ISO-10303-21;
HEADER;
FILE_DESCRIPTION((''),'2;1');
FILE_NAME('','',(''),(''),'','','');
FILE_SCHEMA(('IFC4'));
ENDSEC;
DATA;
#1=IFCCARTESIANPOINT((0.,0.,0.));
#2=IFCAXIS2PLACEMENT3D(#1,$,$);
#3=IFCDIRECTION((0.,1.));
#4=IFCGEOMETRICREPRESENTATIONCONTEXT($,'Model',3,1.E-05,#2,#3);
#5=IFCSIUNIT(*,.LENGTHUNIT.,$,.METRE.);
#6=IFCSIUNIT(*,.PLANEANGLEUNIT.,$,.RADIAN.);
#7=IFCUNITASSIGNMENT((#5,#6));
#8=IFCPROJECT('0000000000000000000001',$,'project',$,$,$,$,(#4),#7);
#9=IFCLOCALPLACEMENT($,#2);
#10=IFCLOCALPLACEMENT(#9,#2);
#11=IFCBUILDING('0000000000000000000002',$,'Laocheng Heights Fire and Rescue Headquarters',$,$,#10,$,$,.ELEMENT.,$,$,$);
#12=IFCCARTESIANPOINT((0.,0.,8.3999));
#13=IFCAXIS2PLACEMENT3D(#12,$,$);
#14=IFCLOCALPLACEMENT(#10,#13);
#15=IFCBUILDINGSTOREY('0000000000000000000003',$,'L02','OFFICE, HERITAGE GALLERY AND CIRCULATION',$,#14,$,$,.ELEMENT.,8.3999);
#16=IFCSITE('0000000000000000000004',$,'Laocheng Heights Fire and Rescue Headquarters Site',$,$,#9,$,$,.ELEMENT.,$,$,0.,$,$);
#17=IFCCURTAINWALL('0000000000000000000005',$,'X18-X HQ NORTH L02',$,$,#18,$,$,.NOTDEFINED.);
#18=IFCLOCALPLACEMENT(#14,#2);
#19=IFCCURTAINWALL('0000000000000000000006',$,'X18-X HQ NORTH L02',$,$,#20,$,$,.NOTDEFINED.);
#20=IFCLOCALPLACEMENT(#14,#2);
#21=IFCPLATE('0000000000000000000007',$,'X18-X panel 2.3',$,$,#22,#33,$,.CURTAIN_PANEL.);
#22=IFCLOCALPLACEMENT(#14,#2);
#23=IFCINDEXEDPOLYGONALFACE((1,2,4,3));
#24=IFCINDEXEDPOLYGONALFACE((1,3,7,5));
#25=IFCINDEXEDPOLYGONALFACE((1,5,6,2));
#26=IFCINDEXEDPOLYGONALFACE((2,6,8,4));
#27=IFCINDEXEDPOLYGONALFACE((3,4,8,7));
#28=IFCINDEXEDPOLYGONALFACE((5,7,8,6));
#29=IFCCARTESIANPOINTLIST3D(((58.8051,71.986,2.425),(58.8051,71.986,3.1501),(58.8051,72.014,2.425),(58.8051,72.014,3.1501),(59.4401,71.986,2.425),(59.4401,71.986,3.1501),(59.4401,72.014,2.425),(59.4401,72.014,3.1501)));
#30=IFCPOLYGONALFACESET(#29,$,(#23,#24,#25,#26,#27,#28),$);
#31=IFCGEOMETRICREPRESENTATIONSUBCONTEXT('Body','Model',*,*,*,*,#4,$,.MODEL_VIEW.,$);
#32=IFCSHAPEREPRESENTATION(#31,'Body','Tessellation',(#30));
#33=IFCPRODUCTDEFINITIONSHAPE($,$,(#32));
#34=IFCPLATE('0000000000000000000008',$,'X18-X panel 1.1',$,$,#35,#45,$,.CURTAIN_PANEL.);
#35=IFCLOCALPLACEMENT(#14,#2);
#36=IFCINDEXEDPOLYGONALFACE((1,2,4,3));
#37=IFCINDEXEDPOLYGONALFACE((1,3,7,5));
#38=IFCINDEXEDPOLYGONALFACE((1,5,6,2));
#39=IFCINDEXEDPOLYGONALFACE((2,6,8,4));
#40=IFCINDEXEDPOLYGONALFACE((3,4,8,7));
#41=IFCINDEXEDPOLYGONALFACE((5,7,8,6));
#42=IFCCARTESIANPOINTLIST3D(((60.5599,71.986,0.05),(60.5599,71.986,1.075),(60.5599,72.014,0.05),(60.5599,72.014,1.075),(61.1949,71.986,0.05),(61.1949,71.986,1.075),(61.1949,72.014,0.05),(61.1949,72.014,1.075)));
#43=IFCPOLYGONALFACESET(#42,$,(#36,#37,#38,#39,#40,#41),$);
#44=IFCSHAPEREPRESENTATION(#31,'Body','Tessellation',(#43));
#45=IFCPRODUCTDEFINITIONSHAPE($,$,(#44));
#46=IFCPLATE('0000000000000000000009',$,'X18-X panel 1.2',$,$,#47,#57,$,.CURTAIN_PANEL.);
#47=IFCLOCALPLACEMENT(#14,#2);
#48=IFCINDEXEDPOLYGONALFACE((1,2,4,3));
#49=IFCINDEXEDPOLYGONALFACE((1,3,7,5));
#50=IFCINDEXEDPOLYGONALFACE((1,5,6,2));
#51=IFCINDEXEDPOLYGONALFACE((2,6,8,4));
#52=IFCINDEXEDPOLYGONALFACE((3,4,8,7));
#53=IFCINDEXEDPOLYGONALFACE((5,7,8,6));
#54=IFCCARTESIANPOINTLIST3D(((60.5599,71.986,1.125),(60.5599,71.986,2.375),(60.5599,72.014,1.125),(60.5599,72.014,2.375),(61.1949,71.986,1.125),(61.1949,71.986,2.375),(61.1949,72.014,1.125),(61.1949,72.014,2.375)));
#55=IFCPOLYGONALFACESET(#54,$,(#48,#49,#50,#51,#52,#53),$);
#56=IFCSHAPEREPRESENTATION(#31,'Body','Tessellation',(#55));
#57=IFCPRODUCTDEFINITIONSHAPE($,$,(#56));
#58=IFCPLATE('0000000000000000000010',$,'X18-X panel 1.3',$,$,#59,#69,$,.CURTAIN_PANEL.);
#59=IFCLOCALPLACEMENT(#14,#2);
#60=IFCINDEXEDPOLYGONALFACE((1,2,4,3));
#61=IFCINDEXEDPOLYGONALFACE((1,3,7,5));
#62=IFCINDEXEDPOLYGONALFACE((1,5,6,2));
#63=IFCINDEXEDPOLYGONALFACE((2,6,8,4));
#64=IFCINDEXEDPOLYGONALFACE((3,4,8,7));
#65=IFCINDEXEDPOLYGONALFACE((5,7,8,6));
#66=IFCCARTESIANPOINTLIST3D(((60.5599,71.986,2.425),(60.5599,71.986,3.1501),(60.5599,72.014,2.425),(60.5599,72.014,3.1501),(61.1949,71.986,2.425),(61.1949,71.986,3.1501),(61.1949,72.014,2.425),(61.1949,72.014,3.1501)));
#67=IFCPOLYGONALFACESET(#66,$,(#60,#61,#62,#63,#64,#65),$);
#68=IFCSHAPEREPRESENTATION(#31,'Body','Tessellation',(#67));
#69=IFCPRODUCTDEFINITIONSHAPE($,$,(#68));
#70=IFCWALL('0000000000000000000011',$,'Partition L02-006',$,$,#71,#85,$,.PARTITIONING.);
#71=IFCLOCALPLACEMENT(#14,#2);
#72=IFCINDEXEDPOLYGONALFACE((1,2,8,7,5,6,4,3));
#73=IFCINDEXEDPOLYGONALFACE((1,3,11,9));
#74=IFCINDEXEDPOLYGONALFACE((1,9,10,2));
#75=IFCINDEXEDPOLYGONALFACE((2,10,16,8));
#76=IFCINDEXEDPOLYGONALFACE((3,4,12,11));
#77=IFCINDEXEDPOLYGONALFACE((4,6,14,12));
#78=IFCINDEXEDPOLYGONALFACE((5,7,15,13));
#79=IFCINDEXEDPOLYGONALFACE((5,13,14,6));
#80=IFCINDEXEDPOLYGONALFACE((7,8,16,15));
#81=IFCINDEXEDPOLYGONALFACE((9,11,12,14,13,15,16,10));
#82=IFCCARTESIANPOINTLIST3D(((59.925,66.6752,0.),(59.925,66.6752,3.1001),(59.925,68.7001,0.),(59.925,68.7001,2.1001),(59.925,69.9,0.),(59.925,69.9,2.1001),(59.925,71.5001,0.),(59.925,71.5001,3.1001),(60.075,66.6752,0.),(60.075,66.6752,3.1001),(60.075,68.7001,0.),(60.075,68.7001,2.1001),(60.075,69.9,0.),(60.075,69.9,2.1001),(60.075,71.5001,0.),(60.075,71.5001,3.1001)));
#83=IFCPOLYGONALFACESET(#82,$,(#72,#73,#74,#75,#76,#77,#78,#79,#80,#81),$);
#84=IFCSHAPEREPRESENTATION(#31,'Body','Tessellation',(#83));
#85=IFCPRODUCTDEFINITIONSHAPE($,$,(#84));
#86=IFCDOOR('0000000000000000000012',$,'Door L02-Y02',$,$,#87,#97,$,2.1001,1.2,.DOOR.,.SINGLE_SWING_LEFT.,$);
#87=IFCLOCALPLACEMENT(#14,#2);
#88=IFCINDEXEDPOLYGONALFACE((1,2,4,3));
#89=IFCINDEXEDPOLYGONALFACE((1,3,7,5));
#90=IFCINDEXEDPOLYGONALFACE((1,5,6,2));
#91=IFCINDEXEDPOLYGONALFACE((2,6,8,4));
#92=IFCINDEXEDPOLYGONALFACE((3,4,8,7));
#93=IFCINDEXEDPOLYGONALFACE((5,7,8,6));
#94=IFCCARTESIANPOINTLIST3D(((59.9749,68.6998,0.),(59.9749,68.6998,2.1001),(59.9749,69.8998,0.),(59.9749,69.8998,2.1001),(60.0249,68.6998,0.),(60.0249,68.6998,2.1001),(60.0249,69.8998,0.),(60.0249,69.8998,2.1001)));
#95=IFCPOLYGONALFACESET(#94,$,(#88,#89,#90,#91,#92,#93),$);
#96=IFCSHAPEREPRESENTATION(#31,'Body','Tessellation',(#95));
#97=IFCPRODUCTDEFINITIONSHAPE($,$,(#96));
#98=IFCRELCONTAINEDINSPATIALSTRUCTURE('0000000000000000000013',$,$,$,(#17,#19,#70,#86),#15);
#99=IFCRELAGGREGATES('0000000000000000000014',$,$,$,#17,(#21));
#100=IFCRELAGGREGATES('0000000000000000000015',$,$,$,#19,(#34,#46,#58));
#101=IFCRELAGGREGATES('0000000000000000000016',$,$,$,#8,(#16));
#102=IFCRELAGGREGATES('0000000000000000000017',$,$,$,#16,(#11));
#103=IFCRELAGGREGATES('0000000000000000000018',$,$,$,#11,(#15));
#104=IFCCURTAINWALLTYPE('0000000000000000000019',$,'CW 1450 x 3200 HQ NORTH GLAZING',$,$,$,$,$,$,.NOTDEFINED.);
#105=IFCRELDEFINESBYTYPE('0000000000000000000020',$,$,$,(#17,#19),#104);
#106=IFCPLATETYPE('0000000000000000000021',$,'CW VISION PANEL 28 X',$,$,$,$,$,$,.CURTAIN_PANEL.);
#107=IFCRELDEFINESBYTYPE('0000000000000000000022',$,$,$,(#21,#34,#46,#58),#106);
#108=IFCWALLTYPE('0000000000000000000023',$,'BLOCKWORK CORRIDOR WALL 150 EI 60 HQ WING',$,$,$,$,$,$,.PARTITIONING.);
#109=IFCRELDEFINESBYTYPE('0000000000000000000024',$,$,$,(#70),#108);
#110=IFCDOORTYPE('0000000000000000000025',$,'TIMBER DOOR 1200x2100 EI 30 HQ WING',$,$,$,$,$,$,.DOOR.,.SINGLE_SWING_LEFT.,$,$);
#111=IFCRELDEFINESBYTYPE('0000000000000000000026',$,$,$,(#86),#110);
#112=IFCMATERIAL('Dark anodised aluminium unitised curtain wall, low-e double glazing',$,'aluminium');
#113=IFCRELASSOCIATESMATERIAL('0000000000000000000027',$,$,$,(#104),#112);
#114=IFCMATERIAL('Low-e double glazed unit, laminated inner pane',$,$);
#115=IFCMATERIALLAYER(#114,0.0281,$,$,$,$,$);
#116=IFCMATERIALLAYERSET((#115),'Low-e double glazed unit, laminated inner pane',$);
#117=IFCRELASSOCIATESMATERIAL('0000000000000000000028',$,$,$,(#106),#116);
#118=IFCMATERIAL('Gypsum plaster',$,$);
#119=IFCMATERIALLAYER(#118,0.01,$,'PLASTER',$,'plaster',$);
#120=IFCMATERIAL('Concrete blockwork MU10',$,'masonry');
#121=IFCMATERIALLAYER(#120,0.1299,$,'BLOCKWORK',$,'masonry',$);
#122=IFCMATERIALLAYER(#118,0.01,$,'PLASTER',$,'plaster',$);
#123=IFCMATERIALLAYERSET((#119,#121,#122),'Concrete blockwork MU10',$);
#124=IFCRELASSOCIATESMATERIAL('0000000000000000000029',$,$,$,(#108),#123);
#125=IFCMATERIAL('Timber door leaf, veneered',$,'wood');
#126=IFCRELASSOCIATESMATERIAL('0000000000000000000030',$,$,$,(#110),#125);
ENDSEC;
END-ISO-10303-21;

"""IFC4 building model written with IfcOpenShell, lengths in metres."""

from ifc_helpers import new_model, si_unit, direction, frame, frame_2d, origin, origin_2d, place, context, subcontext, project, spatial, rectangle, extrude, material, layer, layer_set, type_object, element, fill, aggregate, save


model = new_model("IFC4")

# Units and contexts
model_context = context("Model", 3, precision=1e-05, world=origin(), true_north=direction((0.0, 1.0)))
body_context = subcontext(model_context, "Body", "Model", "MODEL_VIEW")
ifc_project = project(units=[si_unit("LENGTHUNIT", "METRE"), si_unit("PLANEANGLEUNIT", "RADIAN")], contexts=[model_context])

# Site, building, storey
site_placement = place(None, origin())
site = spatial("IfcSite", under=ifc_project, at=site_placement, Name="Laocheng Heights Fire and Rescue Headquarters Site", CompositionType="ELEMENT", RefElevation=0.0)
building_placement = place(site_placement, origin())
building = spatial("IfcBuilding", under=site, at=building_placement, Name="Laocheng Heights Fire and Rescue Headquarters", CompositionType="ELEMENT")
storey_placement = place(building_placement, frame((0.0, 0.0, 8.3999)))
storey = spatial("IfcBuildingStorey", under=building, at=storey_placement, Name="L02", Description="OFFICE, HERITAGE GALLERY AND CIRCULATION", CompositionType="ELEMENT", Elevation=8.3999)

# Curtain wall
ifc_material_1 = material(Name="Dark anodised aluminium unitised curtain wall, low-e double glazing", Category="aluminium")
curtain_wall_type = type_object("IfcCurtainWallType", Name="CW 1450 x 3200 HQ NORTH GLAZING", PredefinedType="NOTDEFINED", material=ifc_material_1)
curtain_wall_1_placement = place(storey_placement, origin())
curtain_wall_1 = element("IfcCurtainWall", 1, at=curtain_wall_1_placement, inside=storey, type_object=curtain_wall_type, Name="X18-X HQ NORTH L02", PredefinedType="NOTDEFINED")

# Curtain wall
curtain_wall_2_placement = place(storey_placement, origin())
curtain_wall_2 = element("IfcCurtainWall", 2, at=curtain_wall_2_placement, inside=storey, type_object=curtain_wall_type, Name="X18-X HQ NORTH L02", PredefinedType="NOTDEFINED")

# Plates
ifc_material_2 = material(Name="Low-e double glazed unit, laminated inner pane")
ifc_layer_1 = layer(ifc_material_2, 0.0281)
ifc_layer_set_1 = layer_set([ifc_layer_1], Name="Low-e double glazed unit, laminated inner pane")
plate_type = type_object("IfcPlateType", Name="CW VISION PANEL 28 X", PredefinedType="CURTAIN_PANEL", material=ifc_layer_set_1)
plate_1_placement = place(storey_placement, frame((59.1226, 72.0, 2.425), z_axis=(0.0, 0.0, 1.0), x_axis=(1.0, 0.0, 0.0)))
plate_1 = element("IfcPlate", 3, at=plate_1_placement, type_object=plate_type, Name="X18-X panel 2.3", PredefinedType="CURTAIN_PANEL", context=body_context, shape_type="SweptSolid", body=[
    extrude(rectangle(XDim=0.635, YDim=0.0281, at=origin_2d()), origin(), (0.0, 0.0, 1.0), 0.7251),
])
aggregate(curtain_wall_1, [plate_1])
plate_2_placement = place(storey_placement, frame((60.8774, 72.0, 0.05), z_axis=(0.0, 0.0, 1.0), x_axis=(1.0, 0.0, 0.0)))
plate_2 = element("IfcPlate", 4, at=plate_2_placement, type_object=plate_type, Name="X18-X panel 1.1", PredefinedType="CURTAIN_PANEL", context=body_context, shape_type="SweptSolid", body=[
    extrude(rectangle(XDim=0.635, YDim=0.0281, at=origin_2d()), origin(), (0.0, 0.0, 1.0), 1.0249),
])
plate_3_placement = place(storey_placement, frame((60.8774, 72.0, 1.125), z_axis=(0.0, 0.0, 1.0), x_axis=(1.0, 0.0, 0.0)))
plate_3 = element("IfcPlate", 5, at=plate_3_placement, type_object=plate_type, Name="X18-X panel 1.2", PredefinedType="CURTAIN_PANEL", context=body_context, shape_type="SweptSolid", body=[
    extrude(rectangle(XDim=0.635, YDim=0.0281, at=origin_2d()), origin(), (0.0, 0.0, 1.0), 1.25),
])
plate_4_placement = place(storey_placement, frame((60.8774, 72.0, 2.425), z_axis=(0.0, 0.0, 1.0), x_axis=(1.0, 0.0, 0.0)))
plate_4 = element("IfcPlate", 6, at=plate_4_placement, type_object=plate_type, Name="X18-X panel 1.3", PredefinedType="CURTAIN_PANEL", context=body_context, shape_type="SweptSolid", body=[
    extrude(rectangle(XDim=0.635, YDim=0.0281, at=origin_2d()), origin(), (0.0, 0.0, 1.0), 0.7251),
])
aggregate(curtain_wall_2, [plate_2, plate_3, plate_4])

# Wall, opening, door
ifc_material_3 = material(Name="Gypsum plaster")
ifc_layer_2 = layer(ifc_material_3, 0.01, Name="PLASTER", Category="plaster")
ifc_material_4 = material(Name="Concrete blockwork MU10", Category="masonry")
ifc_layer_3 = layer(ifc_material_4, 0.1299, Name="BLOCKWORK", Category="masonry")
ifc_layer_4 = layer(ifc_material_3, 0.01, Name="PLASTER", Category="plaster")
ifc_layer_set_2 = layer_set([ifc_layer_2, ifc_layer_3, ifc_layer_4], Name="Concrete blockwork MU10")
wall_type = type_object("IfcWallType", Name="BLOCKWORK CORRIDOR WALL 150 EI 60 HQ WING", PredefinedType="PARTITIONING", material=ifc_layer_set_2)
wall_placement = place(storey_placement, frame((60.0, 66.675, 0.0), z_axis=(0.0, 0.0, 1.0), x_axis=(0.0, 1.0, 0.0)))
wall = element("IfcWall", 7, at=wall_placement, inside=storey, type_object=wall_type, Name="Partition L02-006", PredefinedType="PARTITIONING", context=body_context, shape_type="SweptSolid", body=[
    extrude(rectangle(XDim=4.825, YDim=0.1499, at=frame_2d((2.4126, 0.0))), origin(), (0.0, 0.0, 1.0), 3.1001),
])
opening_placement = place(wall_placement, frame((2.0249, 0.0, 0.0)))
opening = element("IfcOpeningElement", 8, at=opening_placement, cuts=wall, PredefinedType="OPENING", context=body_context, shape_type="SweptSolid", body=[
    extrude(rectangle(XDim=1.2, YDim=2.1001, at=frame_2d((0.6001, 1.05))), frame((0.0, 0.085, 0.0), z_axis=(0.0, -1.0, 0.0), x_axis=(1.0, 0.0, 0.0)), (0.0, 0.0, 1.0), 0.1699),
])
ifc_material_5 = material(Name="Timber door leaf, veneered", Category="wood")
door_type = type_object("IfcDoorType", Name="TIMBER DOOR 1200x2100 EI 30 HQ WING", OperationType="SINGLE_SWING_LEFT", PredefinedType="DOOR", material=ifc_material_5)
door_placement = place(opening_placement, frame((1.2, 0.0, 0.0), z_axis=(0.0, 0.0, 1.0), x_axis=(-1.0, 0.0, 0.0)))
door = element("IfcDoor", 9, at=door_placement, inside=storey, type_object=door_type, Name="Door L02-Y02", OperationType="SINGLE_SWING_LEFT", OverallHeight=2.1001, OverallWidth=1.2, PredefinedType="DOOR", context=body_context, shape_type="SweptSolid", body=[
    extrude(rectangle(XDim=1.2, YDim=2.1001, at=frame_2d((0.6001, 1.05))), frame((0.0, 0.0249, 0.0), z_axis=(0.0, -1.0, 0.0), x_axis=(1.0, 0.0, 0.0)), (0.0, 0.0, 1.0), 0.05),
])
fill(opening, door)

save(model, "model.ifc")
